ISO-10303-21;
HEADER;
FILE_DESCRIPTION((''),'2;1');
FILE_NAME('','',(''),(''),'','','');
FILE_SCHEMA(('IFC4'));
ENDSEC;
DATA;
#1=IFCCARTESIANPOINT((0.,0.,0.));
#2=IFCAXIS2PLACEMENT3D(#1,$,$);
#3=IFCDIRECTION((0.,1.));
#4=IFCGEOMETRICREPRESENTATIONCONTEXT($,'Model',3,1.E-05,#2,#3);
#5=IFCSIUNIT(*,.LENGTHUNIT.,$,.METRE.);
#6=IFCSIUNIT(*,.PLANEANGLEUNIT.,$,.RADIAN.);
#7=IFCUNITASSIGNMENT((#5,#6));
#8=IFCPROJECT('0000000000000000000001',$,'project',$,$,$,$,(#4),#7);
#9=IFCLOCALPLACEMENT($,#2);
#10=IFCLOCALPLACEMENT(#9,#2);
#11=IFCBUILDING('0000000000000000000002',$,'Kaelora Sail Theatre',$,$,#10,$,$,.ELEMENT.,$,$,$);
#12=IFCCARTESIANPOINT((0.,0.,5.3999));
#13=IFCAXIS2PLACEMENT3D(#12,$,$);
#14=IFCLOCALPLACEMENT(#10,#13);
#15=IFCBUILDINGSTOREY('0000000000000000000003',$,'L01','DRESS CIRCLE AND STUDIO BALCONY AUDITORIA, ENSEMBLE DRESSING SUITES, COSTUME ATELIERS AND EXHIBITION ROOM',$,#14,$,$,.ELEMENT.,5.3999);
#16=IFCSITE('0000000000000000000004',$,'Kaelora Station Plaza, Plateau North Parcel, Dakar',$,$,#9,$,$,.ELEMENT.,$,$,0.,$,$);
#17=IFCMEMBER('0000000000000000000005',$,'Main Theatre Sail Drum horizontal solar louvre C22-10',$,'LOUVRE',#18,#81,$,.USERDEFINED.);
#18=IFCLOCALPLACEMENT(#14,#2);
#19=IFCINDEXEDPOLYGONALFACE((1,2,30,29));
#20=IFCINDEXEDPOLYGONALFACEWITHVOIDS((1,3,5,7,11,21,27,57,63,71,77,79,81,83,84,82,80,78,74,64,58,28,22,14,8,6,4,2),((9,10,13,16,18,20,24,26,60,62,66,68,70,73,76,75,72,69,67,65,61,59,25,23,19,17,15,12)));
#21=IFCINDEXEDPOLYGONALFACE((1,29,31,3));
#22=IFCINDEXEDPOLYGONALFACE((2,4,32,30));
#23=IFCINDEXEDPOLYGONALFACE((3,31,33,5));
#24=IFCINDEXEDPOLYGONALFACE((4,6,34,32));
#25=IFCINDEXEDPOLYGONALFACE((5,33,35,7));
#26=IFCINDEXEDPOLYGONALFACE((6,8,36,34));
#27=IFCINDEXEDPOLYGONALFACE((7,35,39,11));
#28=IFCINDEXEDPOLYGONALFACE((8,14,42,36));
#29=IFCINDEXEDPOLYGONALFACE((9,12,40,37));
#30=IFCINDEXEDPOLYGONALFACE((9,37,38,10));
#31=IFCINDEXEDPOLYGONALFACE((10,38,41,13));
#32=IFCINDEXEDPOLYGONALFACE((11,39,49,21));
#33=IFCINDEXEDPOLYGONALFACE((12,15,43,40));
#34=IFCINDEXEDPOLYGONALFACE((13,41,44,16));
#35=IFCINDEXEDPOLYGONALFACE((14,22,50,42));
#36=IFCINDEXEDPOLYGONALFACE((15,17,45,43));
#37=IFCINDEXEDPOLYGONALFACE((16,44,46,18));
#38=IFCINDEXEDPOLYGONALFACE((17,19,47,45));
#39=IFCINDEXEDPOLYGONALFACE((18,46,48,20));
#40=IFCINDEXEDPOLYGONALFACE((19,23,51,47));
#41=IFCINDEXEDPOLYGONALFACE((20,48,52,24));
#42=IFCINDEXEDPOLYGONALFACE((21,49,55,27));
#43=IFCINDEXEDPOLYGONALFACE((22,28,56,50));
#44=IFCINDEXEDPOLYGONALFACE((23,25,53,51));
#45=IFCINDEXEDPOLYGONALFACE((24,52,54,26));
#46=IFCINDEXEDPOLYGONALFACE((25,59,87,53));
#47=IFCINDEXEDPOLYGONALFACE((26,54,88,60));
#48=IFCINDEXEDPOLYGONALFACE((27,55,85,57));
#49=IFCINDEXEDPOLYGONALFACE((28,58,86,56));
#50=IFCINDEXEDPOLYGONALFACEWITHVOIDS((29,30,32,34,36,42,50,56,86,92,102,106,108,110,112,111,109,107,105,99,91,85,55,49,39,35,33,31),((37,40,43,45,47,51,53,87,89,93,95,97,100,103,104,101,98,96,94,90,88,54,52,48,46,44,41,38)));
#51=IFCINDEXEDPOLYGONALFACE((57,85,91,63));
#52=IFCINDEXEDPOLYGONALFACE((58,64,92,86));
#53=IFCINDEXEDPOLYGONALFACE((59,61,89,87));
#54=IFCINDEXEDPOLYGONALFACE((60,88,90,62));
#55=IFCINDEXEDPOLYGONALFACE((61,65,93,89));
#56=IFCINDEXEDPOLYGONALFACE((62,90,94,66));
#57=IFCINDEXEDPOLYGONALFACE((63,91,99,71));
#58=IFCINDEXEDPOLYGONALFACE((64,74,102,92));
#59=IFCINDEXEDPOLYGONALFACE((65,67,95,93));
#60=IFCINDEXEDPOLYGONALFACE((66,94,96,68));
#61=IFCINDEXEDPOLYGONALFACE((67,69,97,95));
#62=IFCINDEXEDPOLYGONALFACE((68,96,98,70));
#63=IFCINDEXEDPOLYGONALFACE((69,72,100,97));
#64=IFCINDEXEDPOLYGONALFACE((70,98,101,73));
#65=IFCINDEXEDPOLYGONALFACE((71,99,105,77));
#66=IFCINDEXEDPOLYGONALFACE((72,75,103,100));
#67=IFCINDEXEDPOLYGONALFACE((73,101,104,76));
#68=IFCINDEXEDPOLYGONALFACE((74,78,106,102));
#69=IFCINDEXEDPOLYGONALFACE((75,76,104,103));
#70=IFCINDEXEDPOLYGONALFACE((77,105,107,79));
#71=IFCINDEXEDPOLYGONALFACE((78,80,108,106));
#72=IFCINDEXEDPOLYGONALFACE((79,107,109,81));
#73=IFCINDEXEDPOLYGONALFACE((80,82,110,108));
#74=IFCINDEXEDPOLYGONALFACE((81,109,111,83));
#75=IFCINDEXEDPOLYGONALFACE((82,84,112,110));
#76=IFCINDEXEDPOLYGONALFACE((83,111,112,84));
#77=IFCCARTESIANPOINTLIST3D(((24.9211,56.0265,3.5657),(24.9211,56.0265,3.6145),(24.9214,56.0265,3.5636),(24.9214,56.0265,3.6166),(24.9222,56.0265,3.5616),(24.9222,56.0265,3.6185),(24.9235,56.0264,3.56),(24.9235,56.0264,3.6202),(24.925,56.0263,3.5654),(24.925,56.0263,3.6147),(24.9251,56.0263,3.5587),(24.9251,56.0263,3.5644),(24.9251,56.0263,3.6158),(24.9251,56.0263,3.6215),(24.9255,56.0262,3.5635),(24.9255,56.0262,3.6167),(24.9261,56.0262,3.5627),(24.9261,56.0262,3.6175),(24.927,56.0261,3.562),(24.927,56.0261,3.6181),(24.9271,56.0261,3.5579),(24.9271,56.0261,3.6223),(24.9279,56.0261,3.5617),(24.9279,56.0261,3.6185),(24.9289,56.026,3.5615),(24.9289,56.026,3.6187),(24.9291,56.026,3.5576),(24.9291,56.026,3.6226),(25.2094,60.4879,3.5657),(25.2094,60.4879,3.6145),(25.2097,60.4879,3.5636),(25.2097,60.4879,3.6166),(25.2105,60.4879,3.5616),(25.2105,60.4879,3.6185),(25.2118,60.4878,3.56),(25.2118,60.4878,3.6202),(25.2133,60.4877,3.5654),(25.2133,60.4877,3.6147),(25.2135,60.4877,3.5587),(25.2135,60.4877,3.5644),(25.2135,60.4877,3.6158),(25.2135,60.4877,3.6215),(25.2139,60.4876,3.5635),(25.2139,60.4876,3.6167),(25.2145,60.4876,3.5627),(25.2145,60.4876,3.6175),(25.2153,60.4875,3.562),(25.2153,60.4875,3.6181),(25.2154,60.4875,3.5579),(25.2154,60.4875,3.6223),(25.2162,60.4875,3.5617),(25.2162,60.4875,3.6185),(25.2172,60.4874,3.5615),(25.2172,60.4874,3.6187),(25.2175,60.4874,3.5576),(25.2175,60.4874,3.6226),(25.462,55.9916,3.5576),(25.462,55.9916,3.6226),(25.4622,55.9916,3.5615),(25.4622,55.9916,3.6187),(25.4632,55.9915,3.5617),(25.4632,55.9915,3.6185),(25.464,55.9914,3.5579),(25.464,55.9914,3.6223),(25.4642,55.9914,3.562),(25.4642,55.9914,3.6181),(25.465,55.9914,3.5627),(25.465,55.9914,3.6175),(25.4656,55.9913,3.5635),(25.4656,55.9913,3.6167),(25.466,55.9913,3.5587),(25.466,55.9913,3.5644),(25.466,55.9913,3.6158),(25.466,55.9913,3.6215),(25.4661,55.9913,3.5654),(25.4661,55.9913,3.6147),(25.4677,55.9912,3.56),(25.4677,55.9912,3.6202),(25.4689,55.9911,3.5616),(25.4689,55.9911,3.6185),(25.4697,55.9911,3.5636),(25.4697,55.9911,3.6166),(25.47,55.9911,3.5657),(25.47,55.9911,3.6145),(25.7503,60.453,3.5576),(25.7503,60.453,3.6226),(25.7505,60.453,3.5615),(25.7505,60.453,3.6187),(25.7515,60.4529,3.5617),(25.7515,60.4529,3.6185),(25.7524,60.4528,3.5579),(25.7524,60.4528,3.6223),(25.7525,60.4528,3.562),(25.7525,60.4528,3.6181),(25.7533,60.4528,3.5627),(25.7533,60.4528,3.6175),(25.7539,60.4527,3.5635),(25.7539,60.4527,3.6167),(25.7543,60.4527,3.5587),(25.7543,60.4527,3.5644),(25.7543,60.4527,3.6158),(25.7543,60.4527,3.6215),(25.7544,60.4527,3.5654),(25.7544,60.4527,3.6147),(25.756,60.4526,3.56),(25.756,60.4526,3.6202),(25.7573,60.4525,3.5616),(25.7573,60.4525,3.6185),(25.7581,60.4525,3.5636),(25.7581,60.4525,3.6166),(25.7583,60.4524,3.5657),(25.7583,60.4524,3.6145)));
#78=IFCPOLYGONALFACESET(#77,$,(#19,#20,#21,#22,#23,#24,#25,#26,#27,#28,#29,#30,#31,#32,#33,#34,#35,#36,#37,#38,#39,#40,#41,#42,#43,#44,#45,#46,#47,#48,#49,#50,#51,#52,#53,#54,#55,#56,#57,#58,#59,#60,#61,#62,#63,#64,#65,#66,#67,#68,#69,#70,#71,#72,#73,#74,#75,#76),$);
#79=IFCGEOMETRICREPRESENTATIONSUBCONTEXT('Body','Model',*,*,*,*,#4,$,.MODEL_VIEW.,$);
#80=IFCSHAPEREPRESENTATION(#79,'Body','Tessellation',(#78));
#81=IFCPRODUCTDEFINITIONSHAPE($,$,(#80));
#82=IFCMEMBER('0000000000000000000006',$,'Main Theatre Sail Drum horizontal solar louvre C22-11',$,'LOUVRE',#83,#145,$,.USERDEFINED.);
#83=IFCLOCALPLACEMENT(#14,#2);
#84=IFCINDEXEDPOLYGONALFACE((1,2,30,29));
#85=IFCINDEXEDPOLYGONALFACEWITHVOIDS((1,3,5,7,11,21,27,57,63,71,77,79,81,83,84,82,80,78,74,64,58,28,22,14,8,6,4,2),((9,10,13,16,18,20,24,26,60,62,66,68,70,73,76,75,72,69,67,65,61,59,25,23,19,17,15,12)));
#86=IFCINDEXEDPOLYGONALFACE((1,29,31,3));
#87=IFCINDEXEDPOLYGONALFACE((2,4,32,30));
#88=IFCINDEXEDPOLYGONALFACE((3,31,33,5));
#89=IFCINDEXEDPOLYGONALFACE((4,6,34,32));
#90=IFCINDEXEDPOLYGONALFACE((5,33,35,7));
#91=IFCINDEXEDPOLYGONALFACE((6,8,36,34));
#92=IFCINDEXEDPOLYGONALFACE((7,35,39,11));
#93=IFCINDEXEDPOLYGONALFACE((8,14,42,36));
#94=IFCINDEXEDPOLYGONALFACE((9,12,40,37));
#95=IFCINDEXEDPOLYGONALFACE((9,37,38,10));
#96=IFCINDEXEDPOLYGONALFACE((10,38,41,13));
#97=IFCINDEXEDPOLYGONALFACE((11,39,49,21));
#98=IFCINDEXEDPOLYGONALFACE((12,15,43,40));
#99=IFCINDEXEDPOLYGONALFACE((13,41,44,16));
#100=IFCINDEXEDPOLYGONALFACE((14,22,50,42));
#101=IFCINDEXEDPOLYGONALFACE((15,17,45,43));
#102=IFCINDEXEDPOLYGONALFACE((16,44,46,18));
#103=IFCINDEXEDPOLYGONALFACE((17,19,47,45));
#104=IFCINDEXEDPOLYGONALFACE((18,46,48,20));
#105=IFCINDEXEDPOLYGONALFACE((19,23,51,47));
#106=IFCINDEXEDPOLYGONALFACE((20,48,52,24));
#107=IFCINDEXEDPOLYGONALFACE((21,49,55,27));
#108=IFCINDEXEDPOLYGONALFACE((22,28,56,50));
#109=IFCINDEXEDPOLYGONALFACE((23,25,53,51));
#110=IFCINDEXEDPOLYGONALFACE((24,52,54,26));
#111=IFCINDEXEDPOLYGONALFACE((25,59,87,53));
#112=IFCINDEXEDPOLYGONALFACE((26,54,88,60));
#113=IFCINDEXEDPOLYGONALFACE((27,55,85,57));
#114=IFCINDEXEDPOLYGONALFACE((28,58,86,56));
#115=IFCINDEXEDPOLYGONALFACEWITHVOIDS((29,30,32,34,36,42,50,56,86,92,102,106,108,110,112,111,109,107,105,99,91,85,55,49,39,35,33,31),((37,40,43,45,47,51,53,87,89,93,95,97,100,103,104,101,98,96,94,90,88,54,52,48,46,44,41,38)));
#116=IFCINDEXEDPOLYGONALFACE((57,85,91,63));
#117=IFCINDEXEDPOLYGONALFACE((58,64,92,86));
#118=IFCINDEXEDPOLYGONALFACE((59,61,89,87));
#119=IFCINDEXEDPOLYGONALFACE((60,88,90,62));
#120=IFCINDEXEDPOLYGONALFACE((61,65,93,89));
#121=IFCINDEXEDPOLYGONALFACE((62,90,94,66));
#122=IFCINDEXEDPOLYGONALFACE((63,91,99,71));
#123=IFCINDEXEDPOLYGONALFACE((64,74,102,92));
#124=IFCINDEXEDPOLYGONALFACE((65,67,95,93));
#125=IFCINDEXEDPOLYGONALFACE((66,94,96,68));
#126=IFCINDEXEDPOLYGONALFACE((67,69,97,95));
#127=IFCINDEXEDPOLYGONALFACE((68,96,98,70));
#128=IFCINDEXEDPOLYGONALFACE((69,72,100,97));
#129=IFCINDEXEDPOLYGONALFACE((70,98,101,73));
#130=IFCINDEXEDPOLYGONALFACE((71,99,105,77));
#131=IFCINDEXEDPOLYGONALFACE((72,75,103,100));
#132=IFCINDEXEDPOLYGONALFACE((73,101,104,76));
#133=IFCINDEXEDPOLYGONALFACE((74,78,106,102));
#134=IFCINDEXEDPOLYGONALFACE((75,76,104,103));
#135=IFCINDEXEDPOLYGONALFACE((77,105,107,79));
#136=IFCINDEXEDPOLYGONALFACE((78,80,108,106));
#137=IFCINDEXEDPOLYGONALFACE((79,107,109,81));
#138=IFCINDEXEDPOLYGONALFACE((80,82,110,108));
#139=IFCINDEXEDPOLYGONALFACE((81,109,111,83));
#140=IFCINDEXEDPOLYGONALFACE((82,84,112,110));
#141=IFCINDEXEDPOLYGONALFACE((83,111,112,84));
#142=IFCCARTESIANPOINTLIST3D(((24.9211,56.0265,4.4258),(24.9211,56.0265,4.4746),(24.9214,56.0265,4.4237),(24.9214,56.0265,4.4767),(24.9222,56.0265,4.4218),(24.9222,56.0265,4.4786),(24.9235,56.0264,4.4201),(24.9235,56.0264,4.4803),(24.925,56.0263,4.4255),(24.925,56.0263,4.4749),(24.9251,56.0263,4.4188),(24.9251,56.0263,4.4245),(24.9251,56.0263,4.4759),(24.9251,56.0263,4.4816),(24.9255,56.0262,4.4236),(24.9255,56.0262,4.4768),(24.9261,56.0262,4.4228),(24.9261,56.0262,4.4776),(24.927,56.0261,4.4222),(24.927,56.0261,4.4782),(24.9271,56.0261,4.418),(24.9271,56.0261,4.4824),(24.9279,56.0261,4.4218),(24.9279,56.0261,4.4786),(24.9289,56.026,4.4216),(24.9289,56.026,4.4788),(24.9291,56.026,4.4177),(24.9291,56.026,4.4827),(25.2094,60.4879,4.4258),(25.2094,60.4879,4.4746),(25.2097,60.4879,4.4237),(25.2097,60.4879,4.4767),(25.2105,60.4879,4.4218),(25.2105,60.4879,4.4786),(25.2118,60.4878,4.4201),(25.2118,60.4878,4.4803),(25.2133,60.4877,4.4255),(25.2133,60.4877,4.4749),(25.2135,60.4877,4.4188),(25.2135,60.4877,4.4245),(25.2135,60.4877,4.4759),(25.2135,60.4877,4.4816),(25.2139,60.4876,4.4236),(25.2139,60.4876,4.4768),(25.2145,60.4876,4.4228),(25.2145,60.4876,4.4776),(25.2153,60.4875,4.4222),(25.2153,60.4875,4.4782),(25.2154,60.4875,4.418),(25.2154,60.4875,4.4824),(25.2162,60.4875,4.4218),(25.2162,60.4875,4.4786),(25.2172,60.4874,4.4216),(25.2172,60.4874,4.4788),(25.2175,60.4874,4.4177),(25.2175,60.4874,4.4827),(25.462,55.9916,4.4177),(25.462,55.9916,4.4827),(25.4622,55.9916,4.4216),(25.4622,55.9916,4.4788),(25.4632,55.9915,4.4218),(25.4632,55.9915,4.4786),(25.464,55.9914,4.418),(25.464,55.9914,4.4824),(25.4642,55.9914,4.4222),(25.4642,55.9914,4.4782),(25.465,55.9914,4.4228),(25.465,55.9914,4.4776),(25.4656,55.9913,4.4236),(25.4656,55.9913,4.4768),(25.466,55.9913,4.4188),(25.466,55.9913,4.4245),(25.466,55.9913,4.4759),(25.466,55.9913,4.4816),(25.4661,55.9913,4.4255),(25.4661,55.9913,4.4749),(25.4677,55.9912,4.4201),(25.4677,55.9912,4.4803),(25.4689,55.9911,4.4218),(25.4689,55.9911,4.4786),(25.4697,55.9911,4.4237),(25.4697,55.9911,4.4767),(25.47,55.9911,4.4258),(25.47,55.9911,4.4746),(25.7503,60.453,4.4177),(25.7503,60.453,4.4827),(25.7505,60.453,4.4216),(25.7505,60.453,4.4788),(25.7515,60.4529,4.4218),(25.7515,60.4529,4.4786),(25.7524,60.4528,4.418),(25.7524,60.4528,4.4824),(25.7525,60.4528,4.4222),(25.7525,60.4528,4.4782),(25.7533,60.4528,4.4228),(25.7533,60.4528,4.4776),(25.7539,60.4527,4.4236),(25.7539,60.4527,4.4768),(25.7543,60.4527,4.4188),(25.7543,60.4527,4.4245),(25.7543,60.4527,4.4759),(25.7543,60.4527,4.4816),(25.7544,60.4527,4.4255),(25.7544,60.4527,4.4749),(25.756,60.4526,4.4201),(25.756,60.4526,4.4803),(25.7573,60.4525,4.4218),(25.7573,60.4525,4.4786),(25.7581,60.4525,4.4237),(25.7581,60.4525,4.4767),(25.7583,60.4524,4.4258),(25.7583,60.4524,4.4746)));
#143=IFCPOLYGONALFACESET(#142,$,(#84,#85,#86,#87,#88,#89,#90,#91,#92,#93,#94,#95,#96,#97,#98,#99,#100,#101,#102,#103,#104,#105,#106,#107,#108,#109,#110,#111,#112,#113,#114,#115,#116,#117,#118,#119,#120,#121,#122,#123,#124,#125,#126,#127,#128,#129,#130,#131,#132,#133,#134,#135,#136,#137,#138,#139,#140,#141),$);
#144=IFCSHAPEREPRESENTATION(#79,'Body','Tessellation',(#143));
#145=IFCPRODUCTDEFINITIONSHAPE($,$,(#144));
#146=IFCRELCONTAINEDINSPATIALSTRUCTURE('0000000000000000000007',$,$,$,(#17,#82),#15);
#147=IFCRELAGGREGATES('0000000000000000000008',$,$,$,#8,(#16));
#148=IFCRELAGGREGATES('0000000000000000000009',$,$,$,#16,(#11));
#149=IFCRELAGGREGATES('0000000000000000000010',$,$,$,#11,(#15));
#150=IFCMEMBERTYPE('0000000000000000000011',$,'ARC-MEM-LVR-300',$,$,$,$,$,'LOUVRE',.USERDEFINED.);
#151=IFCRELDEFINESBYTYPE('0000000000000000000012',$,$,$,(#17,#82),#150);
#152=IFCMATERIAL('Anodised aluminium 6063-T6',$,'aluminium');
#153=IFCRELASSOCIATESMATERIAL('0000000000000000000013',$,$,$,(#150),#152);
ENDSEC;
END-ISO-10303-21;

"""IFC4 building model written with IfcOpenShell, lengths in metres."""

from ifc_helpers import new_model, si_unit, direction, frame, origin, origin_2d, place, context, subcontext, project, spatial, hollow_rectangle, extrude, material, material_profile, profile_set, type_object, element, save


model = new_model("IFC4")

# Units and contexts
model_context = context("Model", 3, precision=1e-05, world=origin(), true_north=direction((0.0, 1.0)))
body_context = subcontext(model_context, "Body", "Model", "MODEL_VIEW")
ifc_project = project(units=[si_unit("LENGTHUNIT", "METRE"), si_unit("PLANEANGLEUNIT", "RADIAN")], contexts=[model_context])

# Site, building, storey
site_placement = place(None, origin())
site = spatial("IfcSite", under=ifc_project, at=site_placement, Name="Kaelora Station Plaza, Plateau North Parcel, Dakar", CompositionType="ELEMENT", RefElevation=0.0)
building_placement = place(site_placement, origin())
building = spatial("IfcBuilding", under=site, at=building_placement, Name="Kaelora Sail Theatre", CompositionType="ELEMENT")
storey_placement = place(building_placement, frame((0.0, 0.0, 5.3999)))
storey = spatial("IfcBuildingStorey", under=building, at=storey_placement, Name="L01", Description="DRESS CIRCLE AND STUDIO BALCONY AUDITORIA, ENSEMBLE DRESSING SUITES, COSTUME ATELIERS AND EXHIBITION ROOM", CompositionType="ELEMENT", Elevation=5.3999)

# Members
ifc_material_1 = material(Name="Anodised aluminium 6063-T6", Category="aluminium")
ifc_material_profile_1 = material_profile(ifc_material_1, hollow_rectangle(XDim=0.55, YDim=0.0649, WallThickness=0.0039, InnerFilletRadius=0.0039, OuterFilletRadius=0.0081, at=origin_2d()), Name="LOUVRE 550x65x4")
ifc_profile_set_1 = profile_set([ifc_material_profile_1], Name="Anodised aluminium 6063-T6")
member_type_1 = type_object("IfcMemberType", Name="ARC-MEM-LVR-300", ElementType="LOUVRE", PredefinedType="USERDEFINED", material=ifc_profile_set_1)
for number, where, z_axis, x_axis, name in (
    (1, (25.1956, 56.0088, 3.5901), (0.064493, 0.997918, 0.0), (-0.997918, 0.064493, 0.0), "Main Theatre Sail Drum horizontal solar louvre C22-10"),
    (2, (25.1956, 56.0088, 4.4502), (0.064493, 0.997918, 0.0), (-0.997918, 0.064493, 0.0), "Main Theatre Sail Drum horizontal solar louvre C22-11"),
):
    element("IfcMember", number, at=place(storey_placement, frame(where, z_axis=z_axis, x_axis=x_axis)), inside=storey, type_object=member_type_1, Name=name, ObjectType="LOUVRE", PredefinedType="USERDEFINED", context=body_context, shape_type="SweptSolid", body=[
        extrude(hollow_rectangle(XDim=0.55, YDim=0.0649, WallThickness=0.0039, InnerFilletRadius=0.0039, OuterFilletRadius=0.0081, at=origin_2d()), origin(), (0.0, 0.0, 1.0), 4.4707),
    ])

save(model, "model.ifc")
